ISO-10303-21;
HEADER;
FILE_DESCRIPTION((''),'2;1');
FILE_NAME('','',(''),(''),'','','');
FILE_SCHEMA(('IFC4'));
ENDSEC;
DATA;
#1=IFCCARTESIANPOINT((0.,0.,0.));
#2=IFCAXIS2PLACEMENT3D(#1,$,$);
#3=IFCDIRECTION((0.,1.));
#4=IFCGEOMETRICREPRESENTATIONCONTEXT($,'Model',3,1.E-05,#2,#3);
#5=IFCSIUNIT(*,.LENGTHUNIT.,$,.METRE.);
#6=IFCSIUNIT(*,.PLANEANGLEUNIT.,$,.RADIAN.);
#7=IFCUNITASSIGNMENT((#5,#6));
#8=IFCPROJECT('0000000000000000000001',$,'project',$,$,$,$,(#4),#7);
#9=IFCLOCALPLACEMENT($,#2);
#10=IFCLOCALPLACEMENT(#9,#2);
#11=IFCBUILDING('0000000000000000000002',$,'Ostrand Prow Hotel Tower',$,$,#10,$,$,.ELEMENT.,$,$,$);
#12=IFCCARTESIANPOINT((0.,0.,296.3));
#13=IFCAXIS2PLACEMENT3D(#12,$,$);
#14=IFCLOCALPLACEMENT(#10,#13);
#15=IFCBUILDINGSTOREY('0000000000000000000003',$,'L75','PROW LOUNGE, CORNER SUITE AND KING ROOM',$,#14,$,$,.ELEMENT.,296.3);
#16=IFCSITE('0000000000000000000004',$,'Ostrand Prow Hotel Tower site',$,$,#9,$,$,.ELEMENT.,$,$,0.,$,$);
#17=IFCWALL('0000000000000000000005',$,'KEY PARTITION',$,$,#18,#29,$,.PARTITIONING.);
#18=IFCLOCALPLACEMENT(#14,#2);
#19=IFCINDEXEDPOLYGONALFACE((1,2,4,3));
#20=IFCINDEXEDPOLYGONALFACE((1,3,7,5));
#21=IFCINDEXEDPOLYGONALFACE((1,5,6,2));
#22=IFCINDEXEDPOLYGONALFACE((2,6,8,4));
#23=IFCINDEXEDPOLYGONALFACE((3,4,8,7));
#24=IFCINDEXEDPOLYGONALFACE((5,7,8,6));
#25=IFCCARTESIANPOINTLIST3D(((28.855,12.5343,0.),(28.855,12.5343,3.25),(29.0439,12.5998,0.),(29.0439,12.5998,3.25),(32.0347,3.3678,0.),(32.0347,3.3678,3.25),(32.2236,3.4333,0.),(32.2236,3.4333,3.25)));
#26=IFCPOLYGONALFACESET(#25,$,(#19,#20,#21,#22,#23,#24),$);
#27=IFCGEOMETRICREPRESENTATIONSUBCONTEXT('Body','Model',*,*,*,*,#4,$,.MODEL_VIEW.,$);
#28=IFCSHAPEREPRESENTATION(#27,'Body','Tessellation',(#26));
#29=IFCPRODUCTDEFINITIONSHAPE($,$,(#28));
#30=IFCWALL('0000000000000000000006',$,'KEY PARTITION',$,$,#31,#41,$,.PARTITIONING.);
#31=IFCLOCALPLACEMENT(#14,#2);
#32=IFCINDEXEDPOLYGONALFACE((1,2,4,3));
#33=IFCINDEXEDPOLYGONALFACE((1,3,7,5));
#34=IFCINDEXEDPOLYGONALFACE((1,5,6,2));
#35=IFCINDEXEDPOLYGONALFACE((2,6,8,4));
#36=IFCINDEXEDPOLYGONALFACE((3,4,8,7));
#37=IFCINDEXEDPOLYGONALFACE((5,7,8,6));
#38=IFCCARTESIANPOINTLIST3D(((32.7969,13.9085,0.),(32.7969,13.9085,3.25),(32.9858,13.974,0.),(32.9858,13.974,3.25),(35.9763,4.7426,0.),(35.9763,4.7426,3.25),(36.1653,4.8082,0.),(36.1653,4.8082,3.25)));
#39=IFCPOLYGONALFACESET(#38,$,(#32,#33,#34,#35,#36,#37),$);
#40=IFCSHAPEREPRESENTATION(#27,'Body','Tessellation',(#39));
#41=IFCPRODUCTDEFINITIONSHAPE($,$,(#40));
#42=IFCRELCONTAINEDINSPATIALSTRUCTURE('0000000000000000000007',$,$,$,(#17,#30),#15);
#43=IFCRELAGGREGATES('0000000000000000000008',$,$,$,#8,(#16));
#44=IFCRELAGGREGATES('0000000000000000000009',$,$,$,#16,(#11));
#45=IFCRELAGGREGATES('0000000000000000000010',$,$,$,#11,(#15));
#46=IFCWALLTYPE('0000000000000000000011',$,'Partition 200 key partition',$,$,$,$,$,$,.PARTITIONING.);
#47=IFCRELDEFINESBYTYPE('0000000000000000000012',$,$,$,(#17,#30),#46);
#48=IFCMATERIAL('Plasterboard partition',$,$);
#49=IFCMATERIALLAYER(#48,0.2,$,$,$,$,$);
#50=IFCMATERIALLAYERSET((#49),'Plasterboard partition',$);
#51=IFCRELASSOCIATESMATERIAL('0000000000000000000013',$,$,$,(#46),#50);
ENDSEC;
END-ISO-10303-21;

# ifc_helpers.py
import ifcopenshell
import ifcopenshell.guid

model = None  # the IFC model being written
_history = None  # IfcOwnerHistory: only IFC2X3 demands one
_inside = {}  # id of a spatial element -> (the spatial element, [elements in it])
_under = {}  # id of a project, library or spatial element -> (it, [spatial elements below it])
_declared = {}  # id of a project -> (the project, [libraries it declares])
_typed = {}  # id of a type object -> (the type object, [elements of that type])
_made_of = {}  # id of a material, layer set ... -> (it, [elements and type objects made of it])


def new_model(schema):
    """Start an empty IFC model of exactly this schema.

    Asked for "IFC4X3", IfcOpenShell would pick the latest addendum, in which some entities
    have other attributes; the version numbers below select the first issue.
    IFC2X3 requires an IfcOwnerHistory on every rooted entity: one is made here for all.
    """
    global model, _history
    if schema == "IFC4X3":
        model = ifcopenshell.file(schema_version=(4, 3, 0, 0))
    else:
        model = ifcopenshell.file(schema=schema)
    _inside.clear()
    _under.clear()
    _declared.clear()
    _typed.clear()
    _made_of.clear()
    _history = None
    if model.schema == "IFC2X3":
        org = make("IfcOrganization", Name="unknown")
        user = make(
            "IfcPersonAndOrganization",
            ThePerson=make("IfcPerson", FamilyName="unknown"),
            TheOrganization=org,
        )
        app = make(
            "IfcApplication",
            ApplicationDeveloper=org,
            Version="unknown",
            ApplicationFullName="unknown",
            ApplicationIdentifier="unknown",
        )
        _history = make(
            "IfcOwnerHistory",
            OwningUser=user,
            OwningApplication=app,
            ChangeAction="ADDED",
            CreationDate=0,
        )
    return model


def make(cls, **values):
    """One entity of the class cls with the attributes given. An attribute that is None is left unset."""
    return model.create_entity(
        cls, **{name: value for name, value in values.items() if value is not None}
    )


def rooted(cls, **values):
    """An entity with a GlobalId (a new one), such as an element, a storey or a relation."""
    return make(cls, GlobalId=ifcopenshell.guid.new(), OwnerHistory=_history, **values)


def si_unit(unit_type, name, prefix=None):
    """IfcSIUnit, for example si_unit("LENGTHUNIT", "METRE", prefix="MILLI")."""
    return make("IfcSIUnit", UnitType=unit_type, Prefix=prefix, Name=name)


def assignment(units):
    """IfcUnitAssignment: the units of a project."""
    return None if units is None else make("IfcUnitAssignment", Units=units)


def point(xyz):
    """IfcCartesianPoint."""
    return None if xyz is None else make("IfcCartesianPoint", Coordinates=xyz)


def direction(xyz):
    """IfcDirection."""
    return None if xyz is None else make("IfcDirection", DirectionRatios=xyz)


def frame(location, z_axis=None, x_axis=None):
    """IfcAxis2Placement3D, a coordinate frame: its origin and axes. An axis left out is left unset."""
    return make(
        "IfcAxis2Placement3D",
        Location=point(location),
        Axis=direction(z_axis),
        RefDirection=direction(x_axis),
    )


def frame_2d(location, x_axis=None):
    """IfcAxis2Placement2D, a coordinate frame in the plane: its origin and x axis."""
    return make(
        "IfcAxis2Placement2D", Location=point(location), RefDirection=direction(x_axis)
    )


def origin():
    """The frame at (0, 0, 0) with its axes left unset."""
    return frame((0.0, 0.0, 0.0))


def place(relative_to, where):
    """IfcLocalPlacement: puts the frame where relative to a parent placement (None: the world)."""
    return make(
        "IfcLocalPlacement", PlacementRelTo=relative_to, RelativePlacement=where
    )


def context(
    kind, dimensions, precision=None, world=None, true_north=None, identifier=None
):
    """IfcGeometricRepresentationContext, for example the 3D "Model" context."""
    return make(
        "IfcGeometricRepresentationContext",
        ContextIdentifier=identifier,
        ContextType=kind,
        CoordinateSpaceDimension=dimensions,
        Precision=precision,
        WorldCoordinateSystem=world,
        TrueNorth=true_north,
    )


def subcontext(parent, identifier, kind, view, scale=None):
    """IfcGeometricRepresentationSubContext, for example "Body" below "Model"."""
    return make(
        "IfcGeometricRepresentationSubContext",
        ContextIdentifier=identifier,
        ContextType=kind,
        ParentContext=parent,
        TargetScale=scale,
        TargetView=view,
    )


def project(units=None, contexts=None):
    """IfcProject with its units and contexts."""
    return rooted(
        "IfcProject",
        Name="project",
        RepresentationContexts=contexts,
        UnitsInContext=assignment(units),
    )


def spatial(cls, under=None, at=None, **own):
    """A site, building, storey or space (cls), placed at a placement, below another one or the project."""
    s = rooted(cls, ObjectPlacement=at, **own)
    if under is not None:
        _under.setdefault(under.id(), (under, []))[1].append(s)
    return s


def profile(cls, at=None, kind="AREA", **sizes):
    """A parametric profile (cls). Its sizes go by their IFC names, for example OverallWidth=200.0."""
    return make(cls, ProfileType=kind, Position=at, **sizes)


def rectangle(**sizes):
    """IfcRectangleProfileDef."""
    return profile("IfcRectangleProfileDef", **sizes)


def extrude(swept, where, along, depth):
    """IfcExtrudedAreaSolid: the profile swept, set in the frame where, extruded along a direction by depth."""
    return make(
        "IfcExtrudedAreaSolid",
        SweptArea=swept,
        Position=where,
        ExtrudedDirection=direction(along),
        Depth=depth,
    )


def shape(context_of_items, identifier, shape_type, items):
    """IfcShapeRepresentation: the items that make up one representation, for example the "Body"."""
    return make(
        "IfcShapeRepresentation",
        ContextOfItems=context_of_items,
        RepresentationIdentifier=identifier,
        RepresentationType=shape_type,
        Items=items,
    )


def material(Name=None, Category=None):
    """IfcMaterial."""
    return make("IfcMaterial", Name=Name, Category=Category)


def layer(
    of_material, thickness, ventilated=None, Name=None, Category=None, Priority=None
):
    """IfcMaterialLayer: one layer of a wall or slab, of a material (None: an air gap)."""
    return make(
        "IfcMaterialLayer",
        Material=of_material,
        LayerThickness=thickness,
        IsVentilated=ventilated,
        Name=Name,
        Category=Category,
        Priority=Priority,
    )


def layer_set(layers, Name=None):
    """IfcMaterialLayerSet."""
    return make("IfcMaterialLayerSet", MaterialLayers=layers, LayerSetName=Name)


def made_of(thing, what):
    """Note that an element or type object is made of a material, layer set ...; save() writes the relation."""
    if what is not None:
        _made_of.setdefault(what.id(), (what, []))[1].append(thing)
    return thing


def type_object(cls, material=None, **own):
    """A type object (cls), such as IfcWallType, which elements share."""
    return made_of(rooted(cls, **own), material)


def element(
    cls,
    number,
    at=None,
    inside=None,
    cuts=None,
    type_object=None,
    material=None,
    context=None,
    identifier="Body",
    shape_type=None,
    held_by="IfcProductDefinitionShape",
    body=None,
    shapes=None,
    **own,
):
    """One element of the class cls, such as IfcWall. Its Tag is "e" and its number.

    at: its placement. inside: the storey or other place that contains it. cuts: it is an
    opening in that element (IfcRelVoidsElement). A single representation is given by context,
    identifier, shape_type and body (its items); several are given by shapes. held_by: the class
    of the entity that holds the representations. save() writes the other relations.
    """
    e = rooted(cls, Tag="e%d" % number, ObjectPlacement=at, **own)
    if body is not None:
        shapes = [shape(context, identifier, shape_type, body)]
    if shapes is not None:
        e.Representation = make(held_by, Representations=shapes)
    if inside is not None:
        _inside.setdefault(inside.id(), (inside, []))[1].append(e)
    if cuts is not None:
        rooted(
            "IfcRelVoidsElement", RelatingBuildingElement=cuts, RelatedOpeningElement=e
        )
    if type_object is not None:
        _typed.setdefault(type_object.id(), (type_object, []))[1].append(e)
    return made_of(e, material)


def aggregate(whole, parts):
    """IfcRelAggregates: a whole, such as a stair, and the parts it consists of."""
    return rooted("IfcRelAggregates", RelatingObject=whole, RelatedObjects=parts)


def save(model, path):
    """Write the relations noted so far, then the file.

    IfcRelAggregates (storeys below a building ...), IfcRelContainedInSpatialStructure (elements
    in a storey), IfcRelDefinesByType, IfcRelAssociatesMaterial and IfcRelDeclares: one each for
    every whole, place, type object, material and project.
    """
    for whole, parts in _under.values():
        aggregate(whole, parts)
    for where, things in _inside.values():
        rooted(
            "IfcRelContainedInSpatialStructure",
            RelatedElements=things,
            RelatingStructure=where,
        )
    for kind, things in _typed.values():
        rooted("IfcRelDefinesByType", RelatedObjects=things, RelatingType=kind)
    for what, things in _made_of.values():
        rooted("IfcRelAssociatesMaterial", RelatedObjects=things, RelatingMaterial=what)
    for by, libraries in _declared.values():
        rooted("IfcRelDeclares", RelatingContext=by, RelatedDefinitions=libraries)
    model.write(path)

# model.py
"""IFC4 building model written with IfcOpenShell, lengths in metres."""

from ifc_helpers import new_model, si_unit, direction, frame, frame_2d, origin, place, context, subcontext, project, spatial, rectangle, extrude, material, layer, layer_set, type_object, element, save


model = new_model("IFC4")

# Units and contexts
model_context = context("Model", 3, precision=1e-05, world=origin(), true_north=direction((0.0, 1.0)))
body_context = subcontext(model_context, "Body", "Model", "MODEL_VIEW")
ifc_project = project(units=[si_unit("LENGTHUNIT", "METRE"), si_unit("PLANEANGLEUNIT", "RADIAN")], contexts=[model_context])

# Site, building, storey
site_placement = place(None, origin())
site = spatial("IfcSite", under=ifc_project, at=site_placement, Name="Ostrand Prow Hotel Tower site", CompositionType="ELEMENT", RefElevation=0.0)
building_placement = place(site_placement, origin())
building = spatial("IfcBuilding", under=site, at=building_placement, Name="Ostrand Prow Hotel Tower", CompositionType="ELEMENT")
storey_placement = place(building_placement, frame((0.0, 0.0, 296.3)))
storey = spatial("IfcBuildingStorey", under=building, at=storey_placement, Name="L75", Description="PROW LOUNGE, CORNER SUITE AND KING ROOM", CompositionType="ELEMENT", Elevation=296.3)

# Walls
ifc_material_1 = material(Name="Plasterboard partition")
ifc_layer_1 = layer(ifc_material_1, 0.2)
ifc_layer_set_1 = layer_set([ifc_layer_1], Name="Plasterboard partition")
wall_type_1 = type_object("IfcWallType", Name="Partition 200 key partition", PredefinedType="PARTITIONING", material=ifc_layer_set_1)
wall_1_placement = place(storey_placement, frame((32.1292, 3.4006, 0.0), z_axis=(0.0, 0.0, 1.0), x_axis=(-0.327724, 0.944773, 0.0)))
element("IfcWall", 1, at=wall_1_placement, inside=storey, type_object=wall_type_1, Name="KEY PARTITION", PredefinedType="PARTITIONING", context=body_context, shape_type="SweptSolid", body=[
    extrude(rectangle(XDim=9.7024, YDim=0.2, at=frame_2d((4.8511, 0.0))), origin(), (0.0, 0.0, 1.0), 3.25),
])
wall_2_placement = place(storey_placement, frame((36.0708, 4.7754, 0.0), z_axis=(0.0, 0.0, 1.0), x_axis=(-0.327725, 0.944773, 0.0)))
element("IfcWall", 2, at=wall_2_placement, inside=storey, type_object=wall_type_1, Name="KEY PARTITION", PredefinedType="PARTITIONING", context=body_context, shape_type="SweptSolid", body=[
    extrude(rectangle(XDim=9.7017, YDim=0.2, at=frame_2d((4.8508, 0.0))), origin(), (0.0, 0.0, 1.0), 3.25),
])

save(model, "model.ifc")
